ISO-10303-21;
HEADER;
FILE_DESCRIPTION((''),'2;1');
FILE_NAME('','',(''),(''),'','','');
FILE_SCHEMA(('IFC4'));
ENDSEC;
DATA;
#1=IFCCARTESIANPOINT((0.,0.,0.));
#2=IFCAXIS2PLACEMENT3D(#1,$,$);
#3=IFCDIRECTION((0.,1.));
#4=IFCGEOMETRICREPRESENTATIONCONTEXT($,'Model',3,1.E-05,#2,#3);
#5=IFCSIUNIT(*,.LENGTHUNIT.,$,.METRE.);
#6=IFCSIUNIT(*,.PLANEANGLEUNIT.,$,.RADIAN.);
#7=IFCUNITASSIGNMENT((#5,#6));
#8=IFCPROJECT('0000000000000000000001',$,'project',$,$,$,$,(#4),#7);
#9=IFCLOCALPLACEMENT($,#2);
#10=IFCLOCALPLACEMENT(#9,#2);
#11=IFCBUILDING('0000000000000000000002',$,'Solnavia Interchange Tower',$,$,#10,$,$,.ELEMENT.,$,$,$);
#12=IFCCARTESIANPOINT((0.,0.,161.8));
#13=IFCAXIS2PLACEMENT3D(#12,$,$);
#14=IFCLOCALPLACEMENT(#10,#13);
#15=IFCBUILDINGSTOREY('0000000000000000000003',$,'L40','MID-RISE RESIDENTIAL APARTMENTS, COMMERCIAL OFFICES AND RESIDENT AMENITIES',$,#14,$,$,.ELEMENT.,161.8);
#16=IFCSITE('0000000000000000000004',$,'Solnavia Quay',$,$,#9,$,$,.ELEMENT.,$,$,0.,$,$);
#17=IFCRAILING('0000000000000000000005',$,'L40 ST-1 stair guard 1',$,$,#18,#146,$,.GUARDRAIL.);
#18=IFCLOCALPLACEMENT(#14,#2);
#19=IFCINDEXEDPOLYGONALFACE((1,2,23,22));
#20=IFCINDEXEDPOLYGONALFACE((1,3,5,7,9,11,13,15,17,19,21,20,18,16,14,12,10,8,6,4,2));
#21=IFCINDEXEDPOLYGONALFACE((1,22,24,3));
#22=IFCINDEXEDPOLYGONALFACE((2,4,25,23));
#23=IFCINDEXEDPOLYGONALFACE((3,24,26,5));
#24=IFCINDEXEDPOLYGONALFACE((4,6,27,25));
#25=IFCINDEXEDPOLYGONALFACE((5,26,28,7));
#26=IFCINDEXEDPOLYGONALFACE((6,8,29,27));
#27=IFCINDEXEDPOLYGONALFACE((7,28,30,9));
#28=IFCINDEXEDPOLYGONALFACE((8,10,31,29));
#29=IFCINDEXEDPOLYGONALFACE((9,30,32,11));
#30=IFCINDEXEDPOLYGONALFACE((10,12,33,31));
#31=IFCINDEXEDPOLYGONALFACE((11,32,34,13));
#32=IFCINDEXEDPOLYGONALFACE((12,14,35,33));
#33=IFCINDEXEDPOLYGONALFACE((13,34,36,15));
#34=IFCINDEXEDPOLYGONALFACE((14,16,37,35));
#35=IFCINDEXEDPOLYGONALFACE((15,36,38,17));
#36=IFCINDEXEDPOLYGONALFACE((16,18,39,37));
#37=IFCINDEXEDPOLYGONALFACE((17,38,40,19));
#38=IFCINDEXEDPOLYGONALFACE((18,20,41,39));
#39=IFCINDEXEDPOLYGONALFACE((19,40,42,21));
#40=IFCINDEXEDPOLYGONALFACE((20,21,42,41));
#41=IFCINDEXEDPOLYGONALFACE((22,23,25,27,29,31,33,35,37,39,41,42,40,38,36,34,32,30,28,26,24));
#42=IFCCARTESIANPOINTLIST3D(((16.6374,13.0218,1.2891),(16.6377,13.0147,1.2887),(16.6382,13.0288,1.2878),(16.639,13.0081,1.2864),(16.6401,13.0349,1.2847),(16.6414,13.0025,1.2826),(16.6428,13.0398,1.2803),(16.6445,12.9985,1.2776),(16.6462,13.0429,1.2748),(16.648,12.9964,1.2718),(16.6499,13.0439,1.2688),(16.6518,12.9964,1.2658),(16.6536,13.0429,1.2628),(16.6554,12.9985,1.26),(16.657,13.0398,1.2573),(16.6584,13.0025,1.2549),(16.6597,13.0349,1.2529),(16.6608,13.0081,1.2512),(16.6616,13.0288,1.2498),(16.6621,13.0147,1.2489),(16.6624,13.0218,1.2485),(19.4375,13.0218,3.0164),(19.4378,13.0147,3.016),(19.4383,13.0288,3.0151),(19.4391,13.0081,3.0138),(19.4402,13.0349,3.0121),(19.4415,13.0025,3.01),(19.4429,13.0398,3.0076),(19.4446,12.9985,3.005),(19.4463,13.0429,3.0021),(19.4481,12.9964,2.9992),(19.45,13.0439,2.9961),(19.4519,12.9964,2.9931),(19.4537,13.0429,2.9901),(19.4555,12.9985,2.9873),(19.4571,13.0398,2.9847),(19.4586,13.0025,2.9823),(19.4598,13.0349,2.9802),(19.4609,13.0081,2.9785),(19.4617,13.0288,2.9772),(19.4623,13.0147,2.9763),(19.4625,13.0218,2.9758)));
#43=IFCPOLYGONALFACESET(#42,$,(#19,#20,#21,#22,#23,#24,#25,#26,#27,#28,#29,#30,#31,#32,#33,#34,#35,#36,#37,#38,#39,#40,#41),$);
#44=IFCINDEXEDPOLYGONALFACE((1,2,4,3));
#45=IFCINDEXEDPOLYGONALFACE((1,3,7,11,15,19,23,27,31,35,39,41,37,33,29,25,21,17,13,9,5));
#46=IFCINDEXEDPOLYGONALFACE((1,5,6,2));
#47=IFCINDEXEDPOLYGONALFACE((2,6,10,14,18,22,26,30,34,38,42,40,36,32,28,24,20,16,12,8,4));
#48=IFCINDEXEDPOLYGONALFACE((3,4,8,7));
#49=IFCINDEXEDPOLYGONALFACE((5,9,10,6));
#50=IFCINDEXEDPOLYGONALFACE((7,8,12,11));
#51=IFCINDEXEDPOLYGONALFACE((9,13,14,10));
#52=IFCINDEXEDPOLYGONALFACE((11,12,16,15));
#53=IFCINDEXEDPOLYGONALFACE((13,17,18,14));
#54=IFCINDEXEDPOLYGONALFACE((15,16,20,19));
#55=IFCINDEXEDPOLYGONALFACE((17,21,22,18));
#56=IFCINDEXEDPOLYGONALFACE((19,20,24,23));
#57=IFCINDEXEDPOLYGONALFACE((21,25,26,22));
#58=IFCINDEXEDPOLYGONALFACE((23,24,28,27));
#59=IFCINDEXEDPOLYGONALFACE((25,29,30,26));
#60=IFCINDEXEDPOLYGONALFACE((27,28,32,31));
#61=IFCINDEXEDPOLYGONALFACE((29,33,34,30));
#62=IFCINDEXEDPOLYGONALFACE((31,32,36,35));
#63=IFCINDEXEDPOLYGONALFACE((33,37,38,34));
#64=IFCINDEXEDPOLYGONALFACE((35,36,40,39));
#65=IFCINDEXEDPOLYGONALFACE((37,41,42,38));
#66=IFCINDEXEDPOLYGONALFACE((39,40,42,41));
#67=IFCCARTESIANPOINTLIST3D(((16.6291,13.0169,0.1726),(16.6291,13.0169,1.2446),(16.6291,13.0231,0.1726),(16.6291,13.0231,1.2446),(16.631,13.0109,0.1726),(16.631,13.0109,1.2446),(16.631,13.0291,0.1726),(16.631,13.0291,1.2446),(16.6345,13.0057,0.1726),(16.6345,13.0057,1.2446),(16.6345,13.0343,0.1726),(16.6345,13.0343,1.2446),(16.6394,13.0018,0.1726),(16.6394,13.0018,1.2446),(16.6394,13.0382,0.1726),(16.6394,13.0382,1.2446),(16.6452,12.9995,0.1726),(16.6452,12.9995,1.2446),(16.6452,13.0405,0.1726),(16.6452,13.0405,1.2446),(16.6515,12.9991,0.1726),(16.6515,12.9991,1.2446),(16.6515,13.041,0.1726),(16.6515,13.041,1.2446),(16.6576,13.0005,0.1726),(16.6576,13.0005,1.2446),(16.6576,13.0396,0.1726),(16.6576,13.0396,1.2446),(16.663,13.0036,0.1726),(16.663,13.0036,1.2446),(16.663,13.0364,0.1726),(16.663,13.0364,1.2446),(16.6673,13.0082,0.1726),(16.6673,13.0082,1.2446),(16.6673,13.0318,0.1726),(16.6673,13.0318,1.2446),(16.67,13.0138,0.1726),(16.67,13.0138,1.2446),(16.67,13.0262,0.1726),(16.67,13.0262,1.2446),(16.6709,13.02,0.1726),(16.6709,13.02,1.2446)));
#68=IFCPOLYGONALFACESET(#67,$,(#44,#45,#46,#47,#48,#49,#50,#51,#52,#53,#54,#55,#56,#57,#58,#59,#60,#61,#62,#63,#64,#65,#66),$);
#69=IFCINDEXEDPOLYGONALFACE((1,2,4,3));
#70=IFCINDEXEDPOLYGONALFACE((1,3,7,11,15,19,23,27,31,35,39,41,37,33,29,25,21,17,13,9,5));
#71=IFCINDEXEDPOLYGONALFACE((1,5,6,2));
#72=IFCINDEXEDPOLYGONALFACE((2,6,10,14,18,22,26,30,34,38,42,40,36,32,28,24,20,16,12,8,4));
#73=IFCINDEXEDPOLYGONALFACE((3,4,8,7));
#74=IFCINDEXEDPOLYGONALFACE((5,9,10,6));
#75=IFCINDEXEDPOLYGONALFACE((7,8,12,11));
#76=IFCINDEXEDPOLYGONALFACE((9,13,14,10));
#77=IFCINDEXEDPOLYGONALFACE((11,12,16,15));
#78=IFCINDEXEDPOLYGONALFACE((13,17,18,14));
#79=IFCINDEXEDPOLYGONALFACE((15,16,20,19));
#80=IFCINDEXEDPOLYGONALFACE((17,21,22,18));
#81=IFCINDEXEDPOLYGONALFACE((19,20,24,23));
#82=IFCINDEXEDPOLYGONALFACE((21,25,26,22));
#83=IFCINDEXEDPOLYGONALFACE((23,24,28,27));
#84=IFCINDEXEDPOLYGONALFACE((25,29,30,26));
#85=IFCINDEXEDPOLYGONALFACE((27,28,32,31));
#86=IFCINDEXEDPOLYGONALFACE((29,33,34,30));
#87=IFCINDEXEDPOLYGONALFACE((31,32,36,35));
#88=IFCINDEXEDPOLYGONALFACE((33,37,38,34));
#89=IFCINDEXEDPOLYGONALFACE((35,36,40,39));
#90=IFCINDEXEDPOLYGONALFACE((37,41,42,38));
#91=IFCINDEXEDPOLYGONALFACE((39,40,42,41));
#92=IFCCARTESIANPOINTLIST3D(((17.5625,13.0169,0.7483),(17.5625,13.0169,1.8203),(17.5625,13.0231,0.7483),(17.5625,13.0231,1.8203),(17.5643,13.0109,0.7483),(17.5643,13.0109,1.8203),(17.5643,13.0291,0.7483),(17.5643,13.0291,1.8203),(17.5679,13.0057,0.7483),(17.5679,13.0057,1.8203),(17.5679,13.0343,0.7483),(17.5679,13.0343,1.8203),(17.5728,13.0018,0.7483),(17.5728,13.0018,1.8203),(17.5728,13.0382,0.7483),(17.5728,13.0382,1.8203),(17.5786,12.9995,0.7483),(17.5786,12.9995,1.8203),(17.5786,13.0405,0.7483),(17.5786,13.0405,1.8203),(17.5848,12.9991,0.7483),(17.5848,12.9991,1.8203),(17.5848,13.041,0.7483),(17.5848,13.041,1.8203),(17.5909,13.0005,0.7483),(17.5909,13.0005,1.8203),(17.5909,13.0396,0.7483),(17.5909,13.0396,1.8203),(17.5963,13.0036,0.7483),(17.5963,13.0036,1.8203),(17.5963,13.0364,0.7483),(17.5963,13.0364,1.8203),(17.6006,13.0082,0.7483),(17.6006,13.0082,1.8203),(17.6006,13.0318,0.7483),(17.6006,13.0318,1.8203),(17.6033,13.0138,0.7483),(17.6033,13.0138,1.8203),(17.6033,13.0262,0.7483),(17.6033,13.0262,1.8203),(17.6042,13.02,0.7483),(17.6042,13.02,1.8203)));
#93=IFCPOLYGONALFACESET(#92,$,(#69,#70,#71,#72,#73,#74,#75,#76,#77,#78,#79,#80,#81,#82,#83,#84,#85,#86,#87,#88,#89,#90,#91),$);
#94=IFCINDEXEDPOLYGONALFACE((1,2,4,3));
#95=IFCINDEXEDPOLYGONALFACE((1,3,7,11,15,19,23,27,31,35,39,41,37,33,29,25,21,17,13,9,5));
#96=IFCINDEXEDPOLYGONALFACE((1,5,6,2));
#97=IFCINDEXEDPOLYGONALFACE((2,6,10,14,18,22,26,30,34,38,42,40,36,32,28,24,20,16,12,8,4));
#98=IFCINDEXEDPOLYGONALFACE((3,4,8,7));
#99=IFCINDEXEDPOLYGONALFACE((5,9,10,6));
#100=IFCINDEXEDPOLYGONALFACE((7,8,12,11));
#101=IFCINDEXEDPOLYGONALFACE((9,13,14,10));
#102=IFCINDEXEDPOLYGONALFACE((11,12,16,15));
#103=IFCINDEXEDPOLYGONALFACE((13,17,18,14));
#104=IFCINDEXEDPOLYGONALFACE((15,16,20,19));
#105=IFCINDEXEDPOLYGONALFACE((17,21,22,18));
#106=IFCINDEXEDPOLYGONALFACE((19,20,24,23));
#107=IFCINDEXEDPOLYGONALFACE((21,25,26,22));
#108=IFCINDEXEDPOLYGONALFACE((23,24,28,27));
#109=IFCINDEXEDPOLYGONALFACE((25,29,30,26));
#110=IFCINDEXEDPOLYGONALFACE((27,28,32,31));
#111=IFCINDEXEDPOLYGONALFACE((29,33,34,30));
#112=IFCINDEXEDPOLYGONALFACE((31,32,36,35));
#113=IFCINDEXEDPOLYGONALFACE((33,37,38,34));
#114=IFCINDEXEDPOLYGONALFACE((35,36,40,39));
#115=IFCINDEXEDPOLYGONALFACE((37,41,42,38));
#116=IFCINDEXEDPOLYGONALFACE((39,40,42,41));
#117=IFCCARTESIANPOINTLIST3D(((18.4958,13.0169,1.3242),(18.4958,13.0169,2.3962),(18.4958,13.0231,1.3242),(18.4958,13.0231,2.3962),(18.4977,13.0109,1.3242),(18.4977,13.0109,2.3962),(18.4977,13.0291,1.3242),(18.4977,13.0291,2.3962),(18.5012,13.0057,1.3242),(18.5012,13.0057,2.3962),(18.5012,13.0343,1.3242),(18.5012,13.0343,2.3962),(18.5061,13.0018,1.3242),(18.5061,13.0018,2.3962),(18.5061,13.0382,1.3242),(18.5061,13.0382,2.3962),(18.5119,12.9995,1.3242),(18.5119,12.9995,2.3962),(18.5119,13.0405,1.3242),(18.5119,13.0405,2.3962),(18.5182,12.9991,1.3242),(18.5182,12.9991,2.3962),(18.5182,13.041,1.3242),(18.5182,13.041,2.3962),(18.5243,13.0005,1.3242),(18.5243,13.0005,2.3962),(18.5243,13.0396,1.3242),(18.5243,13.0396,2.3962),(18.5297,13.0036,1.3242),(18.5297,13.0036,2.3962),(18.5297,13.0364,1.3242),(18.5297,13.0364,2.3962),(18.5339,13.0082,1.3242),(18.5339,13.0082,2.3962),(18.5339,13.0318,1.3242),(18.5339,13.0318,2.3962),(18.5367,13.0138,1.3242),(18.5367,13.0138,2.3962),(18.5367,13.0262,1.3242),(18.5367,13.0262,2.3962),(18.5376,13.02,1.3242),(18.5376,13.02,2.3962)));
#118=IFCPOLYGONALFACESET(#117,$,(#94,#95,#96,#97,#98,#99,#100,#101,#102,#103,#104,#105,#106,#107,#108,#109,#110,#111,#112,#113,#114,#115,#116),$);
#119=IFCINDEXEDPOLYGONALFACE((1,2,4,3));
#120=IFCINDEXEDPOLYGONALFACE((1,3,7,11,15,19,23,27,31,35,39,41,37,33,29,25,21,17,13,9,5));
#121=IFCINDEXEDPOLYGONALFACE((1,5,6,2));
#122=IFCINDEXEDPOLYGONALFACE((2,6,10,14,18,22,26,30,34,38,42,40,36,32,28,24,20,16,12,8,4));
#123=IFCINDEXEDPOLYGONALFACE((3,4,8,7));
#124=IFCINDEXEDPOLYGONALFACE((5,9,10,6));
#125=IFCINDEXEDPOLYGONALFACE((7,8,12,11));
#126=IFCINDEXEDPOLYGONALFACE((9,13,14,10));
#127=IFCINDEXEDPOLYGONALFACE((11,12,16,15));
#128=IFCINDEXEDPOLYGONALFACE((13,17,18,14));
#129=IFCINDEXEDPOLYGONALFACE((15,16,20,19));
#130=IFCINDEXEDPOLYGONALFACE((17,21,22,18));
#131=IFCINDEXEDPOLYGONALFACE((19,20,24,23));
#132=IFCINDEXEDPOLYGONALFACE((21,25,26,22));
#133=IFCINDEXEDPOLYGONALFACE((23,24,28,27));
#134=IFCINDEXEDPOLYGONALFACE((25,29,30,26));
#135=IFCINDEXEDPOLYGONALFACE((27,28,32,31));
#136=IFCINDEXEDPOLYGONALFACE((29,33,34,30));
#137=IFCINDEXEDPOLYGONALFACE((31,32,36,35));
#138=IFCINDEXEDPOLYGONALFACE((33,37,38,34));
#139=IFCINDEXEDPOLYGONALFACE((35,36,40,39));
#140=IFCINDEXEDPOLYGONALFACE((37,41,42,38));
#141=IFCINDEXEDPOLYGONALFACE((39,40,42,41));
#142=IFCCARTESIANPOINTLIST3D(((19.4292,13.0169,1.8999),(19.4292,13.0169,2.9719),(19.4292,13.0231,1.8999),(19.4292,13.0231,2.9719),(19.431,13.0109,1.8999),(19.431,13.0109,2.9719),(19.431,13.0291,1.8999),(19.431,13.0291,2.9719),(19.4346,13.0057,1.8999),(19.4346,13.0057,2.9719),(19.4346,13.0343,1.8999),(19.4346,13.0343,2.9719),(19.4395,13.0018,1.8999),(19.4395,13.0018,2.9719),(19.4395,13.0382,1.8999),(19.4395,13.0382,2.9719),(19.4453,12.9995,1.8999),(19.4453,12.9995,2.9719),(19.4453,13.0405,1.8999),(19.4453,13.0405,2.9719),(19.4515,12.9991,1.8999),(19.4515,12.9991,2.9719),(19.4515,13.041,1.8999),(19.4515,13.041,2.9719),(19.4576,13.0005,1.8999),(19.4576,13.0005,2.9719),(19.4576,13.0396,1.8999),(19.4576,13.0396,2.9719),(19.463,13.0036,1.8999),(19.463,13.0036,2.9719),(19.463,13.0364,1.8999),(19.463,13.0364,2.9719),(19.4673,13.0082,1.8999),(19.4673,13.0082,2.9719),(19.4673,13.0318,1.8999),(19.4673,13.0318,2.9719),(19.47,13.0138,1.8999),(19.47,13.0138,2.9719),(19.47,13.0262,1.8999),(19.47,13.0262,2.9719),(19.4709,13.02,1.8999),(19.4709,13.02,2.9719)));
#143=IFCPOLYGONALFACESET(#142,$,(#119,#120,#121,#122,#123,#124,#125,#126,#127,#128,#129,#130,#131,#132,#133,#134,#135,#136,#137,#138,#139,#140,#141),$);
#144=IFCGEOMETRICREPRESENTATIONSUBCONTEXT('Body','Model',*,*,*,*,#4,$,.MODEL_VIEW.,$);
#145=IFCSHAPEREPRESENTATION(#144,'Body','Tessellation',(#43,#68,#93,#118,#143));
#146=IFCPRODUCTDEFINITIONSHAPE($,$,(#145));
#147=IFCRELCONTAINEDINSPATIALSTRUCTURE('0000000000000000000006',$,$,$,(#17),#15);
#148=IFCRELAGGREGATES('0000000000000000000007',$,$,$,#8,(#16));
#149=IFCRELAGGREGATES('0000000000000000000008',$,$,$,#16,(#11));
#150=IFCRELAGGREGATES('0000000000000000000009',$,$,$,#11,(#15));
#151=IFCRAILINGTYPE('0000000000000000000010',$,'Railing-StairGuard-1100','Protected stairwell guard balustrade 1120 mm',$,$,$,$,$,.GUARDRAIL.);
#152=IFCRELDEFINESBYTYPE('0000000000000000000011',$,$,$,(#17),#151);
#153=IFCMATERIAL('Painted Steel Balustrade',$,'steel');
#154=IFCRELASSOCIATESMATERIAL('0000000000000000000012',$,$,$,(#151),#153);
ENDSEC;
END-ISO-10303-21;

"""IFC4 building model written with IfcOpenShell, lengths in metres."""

from ifc_helpers import new_model, si_unit, direction, frame, origin, origin_2d, place, context, subcontext, project, spatial, circle, extrude, material, type_object, element, save


model = new_model("IFC4")

# Units and contexts
model_context = context("Model", 3, precision=1e-05, world=origin(), true_north=direction((0.0, 1.0)))
body_context = subcontext(model_context, "Body", "Model", "MODEL_VIEW")
ifc_project = project(units=[si_unit("LENGTHUNIT", "METRE"), si_unit("PLANEANGLEUNIT", "RADIAN")], contexts=[model_context])

# Site, building, storey
site_placement = place(None, origin())
site = spatial("IfcSite", under=ifc_project, at=site_placement, Name="Solnavia Quay", CompositionType="ELEMENT", RefElevation=0.0)
building_placement = place(site_placement, origin())
building = spatial("IfcBuilding", under=site, at=building_placement, Name="Solnavia Interchange Tower", CompositionType="ELEMENT")
storey_placement = place(building_placement, frame((0.0, 0.0, 161.8)))
storey = spatial("IfcBuildingStorey", under=building, at=storey_placement, Name="L40", Description="MID-RISE RESIDENTIAL APARTMENTS, COMMERCIAL OFFICES AND RESIDENT AMENITIES", CompositionType="ELEMENT", Elevation=161.8)

# Railing
ifc_material_1 = material(Name="Painted Steel Balustrade", Category="steel")
railing_type_1 = type_object("IfcRailingType", Name="Railing-StairGuard-1100", Description="Protected stairwell guard balustrade 1120 mm", PredefinedType="GUARDRAIL", material=ifc_material_1)
railing_1_placement = place(storey_placement, frame((16.6499, 13.02, 0.1726)))
element("IfcRailing", 1, at=railing_1_placement, inside=storey, type_object=railing_type_1, Name="L40 ST-1 stair guard 1", PredefinedType="GUARDRAIL", context=body_context, shape_type="SweptSolid", body=[
    extrude(circle(Radius=0.0239, at=origin_2d()), frame((0.0, 0.0, 1.0962), z_axis=(0.85109, 0.0, 0.52502), x_axis=(0.0, 1.0, 0.0)), (0.0, 0.0, 1.0), 3.29),
    extrude(circle(Radius=0.021, at=origin_2d()), origin(), (0.0, 0.0, 1.0), 1.072),
    extrude(circle(Radius=0.021, at=origin_2d()), frame((0.9333, 0.0, 0.5757)), (0.0, 0.0, 1.0), 1.072),
    extrude(circle(Radius=0.021, at=origin_2d()), frame((1.8667, 0.0, 1.1516)), (0.0, 0.0, 1.0), 1.072),
    extrude(circle(Radius=0.021, at=origin_2d()), frame((2.8, 0.0, 1.7273)), (0.0, 0.0, 1.0), 1.072),
])

save(model, "model.ifc")
